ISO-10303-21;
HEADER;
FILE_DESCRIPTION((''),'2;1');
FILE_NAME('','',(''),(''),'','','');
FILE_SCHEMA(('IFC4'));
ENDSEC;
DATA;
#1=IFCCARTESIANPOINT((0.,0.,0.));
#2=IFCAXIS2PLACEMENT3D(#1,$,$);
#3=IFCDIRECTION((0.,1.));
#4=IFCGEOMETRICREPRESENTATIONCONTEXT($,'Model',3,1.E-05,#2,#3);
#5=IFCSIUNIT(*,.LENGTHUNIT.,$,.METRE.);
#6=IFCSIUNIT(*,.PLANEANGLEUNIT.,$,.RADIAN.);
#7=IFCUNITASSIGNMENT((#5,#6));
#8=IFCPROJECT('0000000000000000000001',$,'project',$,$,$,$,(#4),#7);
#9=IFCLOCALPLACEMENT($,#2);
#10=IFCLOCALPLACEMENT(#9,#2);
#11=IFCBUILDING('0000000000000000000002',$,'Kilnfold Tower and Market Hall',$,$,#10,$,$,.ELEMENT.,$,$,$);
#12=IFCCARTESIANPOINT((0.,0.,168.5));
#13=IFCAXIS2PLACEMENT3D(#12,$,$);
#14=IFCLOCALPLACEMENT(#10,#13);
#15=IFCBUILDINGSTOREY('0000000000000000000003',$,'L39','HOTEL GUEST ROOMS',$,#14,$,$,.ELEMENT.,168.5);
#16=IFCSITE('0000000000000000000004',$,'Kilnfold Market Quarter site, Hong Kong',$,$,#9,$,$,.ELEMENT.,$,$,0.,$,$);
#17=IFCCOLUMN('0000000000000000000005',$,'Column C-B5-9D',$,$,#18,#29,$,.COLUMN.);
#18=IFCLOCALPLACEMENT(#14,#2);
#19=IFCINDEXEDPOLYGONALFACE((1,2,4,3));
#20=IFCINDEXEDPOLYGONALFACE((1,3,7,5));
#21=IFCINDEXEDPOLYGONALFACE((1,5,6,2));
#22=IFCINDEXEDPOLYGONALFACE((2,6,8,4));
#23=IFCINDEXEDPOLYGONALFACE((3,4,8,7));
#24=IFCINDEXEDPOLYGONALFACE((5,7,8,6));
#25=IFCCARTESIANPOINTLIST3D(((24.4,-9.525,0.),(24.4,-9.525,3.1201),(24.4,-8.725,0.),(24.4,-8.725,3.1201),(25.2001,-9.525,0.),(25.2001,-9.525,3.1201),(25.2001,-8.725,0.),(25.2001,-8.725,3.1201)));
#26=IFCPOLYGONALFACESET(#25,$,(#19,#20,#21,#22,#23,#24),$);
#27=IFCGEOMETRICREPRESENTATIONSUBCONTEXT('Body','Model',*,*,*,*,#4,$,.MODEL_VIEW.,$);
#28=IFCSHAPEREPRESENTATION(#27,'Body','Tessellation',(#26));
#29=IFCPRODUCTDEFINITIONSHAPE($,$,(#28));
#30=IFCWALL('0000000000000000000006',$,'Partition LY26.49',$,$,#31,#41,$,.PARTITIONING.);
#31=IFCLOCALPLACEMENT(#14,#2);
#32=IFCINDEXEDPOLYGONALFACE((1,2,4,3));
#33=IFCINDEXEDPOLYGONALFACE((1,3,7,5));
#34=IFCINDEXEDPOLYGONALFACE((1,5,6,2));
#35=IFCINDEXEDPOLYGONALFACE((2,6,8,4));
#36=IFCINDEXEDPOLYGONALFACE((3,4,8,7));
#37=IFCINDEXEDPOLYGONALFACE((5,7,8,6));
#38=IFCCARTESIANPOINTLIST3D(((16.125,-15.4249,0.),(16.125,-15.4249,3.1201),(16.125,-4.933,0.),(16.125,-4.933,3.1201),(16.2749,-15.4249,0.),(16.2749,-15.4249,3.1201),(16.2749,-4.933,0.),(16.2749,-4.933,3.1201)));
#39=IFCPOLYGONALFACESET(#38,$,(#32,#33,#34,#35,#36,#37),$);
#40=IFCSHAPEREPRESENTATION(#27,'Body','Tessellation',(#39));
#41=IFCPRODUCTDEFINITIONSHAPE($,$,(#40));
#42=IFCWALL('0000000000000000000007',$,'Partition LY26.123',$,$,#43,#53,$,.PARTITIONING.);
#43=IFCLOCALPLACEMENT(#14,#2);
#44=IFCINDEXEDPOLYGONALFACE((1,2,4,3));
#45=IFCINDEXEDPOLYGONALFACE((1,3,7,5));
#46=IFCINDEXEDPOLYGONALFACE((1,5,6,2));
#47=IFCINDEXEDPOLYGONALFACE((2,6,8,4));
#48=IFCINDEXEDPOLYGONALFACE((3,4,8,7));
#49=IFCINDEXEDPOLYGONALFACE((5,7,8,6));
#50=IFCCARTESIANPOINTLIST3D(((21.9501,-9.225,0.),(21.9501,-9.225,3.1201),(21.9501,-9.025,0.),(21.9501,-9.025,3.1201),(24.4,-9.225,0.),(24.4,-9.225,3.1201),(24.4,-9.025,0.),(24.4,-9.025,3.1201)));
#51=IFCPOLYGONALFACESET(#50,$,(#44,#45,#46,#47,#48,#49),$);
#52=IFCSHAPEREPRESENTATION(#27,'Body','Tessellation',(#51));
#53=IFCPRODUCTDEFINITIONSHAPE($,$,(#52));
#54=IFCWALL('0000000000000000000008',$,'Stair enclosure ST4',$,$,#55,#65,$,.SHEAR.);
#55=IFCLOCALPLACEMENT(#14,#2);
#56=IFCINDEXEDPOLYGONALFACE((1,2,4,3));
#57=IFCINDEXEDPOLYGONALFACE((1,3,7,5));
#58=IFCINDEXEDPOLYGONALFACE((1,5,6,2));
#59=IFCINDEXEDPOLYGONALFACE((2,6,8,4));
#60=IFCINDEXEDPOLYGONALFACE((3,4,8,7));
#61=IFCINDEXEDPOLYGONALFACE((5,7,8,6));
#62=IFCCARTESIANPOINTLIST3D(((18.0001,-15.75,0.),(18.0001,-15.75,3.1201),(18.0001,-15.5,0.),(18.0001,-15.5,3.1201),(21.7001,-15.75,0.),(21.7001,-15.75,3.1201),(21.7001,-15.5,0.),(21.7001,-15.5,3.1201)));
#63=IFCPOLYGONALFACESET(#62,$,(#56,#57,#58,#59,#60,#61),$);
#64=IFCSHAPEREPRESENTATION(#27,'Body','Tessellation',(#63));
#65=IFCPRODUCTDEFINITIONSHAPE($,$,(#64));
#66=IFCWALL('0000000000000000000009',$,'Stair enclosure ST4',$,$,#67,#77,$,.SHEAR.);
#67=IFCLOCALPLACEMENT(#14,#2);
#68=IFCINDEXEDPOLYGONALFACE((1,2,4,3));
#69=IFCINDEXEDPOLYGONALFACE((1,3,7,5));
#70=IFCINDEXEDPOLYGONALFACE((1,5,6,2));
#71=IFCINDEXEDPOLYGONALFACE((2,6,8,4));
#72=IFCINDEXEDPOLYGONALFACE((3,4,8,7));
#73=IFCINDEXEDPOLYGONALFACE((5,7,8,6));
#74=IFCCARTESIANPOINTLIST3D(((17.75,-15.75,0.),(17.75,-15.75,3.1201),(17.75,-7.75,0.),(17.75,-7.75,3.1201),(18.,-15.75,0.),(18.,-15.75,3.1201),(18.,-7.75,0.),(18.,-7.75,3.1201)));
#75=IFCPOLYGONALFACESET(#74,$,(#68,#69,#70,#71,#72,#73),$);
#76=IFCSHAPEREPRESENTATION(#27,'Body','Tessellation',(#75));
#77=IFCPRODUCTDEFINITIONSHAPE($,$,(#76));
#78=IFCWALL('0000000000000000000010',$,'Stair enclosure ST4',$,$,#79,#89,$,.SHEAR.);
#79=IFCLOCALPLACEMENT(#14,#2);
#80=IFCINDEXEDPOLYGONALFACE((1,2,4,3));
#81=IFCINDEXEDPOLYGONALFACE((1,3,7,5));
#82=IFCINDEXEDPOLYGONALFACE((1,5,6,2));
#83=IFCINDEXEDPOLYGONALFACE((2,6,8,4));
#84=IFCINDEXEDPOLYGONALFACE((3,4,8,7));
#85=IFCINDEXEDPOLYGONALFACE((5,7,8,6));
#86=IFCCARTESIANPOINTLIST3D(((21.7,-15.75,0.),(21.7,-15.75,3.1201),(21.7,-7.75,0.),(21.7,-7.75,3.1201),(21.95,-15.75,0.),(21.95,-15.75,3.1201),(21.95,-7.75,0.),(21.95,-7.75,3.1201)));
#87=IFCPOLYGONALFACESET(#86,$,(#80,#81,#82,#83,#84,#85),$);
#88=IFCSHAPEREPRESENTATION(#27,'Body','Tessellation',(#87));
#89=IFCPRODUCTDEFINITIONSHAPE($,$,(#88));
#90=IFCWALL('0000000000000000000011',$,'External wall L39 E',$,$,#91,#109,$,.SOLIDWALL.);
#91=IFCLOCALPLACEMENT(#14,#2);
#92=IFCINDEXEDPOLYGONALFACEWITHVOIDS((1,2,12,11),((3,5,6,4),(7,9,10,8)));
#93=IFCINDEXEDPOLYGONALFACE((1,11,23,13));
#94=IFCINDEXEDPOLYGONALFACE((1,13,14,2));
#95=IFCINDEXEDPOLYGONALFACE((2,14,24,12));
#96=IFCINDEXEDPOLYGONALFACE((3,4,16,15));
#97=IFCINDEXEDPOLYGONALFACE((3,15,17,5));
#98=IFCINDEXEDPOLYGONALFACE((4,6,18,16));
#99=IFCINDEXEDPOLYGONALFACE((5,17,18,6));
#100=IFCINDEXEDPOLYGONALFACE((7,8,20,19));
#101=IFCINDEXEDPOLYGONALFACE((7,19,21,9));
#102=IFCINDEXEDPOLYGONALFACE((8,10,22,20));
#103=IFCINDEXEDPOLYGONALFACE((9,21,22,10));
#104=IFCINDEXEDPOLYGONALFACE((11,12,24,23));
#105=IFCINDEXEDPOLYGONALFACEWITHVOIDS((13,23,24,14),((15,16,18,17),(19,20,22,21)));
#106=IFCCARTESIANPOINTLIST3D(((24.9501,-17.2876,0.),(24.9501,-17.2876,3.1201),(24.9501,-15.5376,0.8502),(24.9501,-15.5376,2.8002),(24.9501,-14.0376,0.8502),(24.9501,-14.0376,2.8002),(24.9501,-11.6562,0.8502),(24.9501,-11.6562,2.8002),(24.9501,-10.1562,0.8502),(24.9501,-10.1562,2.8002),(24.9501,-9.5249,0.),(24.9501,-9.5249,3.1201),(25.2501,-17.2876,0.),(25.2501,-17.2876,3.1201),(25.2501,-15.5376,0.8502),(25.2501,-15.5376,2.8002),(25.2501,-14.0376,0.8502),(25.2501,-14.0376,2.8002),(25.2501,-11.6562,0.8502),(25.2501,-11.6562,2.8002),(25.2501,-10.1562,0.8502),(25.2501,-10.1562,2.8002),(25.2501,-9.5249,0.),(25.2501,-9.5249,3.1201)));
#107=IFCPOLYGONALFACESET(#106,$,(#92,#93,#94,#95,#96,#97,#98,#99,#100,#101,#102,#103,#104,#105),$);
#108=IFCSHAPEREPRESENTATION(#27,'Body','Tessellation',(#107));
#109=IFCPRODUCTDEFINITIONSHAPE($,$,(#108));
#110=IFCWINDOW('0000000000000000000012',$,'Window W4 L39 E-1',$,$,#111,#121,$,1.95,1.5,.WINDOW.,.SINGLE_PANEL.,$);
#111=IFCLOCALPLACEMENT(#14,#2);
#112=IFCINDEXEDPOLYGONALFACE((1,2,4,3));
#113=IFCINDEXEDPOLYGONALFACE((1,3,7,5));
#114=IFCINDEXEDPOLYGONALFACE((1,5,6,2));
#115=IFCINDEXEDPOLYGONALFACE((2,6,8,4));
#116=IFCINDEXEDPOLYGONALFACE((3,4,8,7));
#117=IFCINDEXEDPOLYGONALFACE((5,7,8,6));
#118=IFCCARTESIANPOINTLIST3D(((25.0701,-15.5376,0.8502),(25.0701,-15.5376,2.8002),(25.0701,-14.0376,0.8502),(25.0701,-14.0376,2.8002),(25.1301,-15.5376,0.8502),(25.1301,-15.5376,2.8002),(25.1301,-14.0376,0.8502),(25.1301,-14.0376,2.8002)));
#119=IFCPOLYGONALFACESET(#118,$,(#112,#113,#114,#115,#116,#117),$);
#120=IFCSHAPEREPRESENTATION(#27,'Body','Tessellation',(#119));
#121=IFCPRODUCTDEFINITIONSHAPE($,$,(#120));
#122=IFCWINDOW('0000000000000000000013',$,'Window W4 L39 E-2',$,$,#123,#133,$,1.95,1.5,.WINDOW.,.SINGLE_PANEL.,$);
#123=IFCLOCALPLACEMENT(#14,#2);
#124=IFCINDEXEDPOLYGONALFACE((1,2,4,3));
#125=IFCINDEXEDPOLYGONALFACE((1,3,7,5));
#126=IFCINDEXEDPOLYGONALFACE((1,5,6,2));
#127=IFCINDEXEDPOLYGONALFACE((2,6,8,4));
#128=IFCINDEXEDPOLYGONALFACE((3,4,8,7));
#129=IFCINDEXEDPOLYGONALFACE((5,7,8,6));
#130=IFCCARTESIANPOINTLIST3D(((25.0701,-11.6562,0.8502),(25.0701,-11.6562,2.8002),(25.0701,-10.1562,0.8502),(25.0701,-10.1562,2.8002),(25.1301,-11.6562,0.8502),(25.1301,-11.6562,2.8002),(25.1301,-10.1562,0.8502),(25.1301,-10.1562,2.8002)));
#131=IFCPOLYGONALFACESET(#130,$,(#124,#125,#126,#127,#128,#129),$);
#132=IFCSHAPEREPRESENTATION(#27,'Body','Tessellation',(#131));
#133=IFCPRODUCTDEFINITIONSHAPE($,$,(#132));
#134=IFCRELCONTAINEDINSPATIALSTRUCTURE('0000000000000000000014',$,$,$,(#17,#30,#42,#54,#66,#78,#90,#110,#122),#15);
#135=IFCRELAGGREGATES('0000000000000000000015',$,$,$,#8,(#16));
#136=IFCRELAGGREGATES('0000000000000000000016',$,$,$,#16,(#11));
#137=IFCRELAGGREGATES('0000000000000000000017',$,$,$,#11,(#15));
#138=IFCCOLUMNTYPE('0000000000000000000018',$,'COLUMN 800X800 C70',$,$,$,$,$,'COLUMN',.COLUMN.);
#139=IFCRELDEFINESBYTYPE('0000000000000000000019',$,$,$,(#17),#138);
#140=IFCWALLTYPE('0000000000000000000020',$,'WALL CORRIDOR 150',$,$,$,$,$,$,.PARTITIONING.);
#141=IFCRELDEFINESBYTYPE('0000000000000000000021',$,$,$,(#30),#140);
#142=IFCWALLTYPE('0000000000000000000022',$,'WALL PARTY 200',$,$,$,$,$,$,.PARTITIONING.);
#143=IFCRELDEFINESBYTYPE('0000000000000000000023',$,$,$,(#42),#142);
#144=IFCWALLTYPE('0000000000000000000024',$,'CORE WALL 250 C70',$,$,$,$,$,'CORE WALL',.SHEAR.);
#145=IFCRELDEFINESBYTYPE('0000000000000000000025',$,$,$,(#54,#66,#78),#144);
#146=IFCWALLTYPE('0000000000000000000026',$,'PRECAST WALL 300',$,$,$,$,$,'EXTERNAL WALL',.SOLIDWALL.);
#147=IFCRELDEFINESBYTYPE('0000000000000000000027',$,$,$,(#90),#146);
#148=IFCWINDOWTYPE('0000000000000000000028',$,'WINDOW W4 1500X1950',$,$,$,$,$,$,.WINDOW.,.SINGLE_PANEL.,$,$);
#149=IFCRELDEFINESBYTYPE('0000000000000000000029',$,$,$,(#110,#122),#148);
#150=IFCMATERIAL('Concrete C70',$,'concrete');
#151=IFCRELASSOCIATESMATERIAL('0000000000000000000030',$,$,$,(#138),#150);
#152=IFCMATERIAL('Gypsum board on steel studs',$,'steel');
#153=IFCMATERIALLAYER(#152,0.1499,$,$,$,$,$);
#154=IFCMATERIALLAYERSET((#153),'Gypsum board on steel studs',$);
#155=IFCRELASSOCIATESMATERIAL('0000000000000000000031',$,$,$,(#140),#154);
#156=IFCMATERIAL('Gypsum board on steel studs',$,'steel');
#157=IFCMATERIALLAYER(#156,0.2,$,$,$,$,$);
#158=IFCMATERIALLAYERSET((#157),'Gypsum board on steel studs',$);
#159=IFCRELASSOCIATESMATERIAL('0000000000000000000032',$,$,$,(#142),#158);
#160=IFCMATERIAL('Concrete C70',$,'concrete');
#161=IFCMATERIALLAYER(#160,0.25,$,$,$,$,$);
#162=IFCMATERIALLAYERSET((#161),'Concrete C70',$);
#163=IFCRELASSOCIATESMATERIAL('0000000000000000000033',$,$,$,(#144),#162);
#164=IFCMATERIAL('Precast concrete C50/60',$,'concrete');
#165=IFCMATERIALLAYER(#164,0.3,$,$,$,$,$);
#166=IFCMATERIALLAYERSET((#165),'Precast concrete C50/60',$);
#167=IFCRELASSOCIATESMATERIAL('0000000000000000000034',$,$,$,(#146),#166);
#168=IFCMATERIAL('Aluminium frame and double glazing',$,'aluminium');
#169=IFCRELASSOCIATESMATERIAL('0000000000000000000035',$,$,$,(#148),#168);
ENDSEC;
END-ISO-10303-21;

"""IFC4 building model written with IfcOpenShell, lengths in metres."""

from ifc_helpers import new_model, si_unit, direction, frame, frame_2d, origin, origin_2d, place, context, subcontext, project, spatial, rectangle, extrude, source, transform, mapped, material, layer, layer_set, material_profile, profile_set, type_object, element, fill, save


model = new_model("IFC4")

# Units and contexts
model_context = context("Model", 3, precision=1e-05, world=origin(), true_north=direction((0.0, 1.0)))
body_context = subcontext(model_context, "Body", "Model", "MODEL_VIEW")
ifc_project = project(units=[si_unit("LENGTHUNIT", "METRE"), si_unit("PLANEANGLEUNIT", "RADIAN")], contexts=[model_context])

# Site, building, storey
site_placement = place(None, origin())
site = spatial("IfcSite", under=ifc_project, at=site_placement, Name="Kilnfold Market Quarter site, Hong Kong", CompositionType="ELEMENT", RefElevation=0.0)
building_placement = place(site_placement, origin())
building = spatial("IfcBuilding", under=site, at=building_placement, Name="Kilnfold Tower and Market Hall", CompositionType="ELEMENT")
storey_placement = place(building_placement, frame((0.0, 0.0, 168.5)))
storey = spatial("IfcBuildingStorey", under=building, at=storey_placement, Name="L39", Description="HOTEL GUEST ROOMS", CompositionType="ELEMENT", Elevation=168.5)

# Column
ifc_material_1 = material(Name="Concrete C70", Category="concrete")
ifc_material_profile = material_profile(ifc_material_1, rectangle(XDim=0.8, YDim=0.8, at=origin_2d()), Name="RC 800x800")
ifc_profile_set = profile_set([ifc_material_profile], Name="Concrete C70")
column_type = type_object("IfcColumnType", Name="COLUMN 800X800 C70", ElementType="COLUMN", PredefinedType="COLUMN", material=ifc_profile_set)
shared_shape_1 = source(origin(), body_context, "Body", "SweptSolid", [
    extrude(rectangle(XDim=0.8, YDim=0.8, at=origin_2d()), origin(), (0.0, 0.0, 1.0), 3.1201),
])
column_placement = place(storey_placement, frame((24.8, -9.125, 0.0), z_axis=(0.0, 0.0, 1.0), x_axis=(1.0, 0.0, 0.0)))
element("IfcColumn", 1, at=column_placement, inside=storey, type_object=column_type, Name="Column C-B5-9D", PredefinedType="COLUMN", context=body_context, shape_type="MappedRepresentation", body=[
    mapped(shared_shape_1, transform((0.0, 0.0, 0.0))),
])

# Walls
ifc_material_2 = material(Name="Gypsum board on steel studs", Category="steel")
ifc_layer_1 = layer(ifc_material_2, 0.1499)
ifc_layer_set_1 = layer_set([ifc_layer_1], Name="Gypsum board on steel studs")
wall_type_1 = type_object("IfcWallType", Name="WALL CORRIDOR 150", PredefinedType="PARTITIONING", material=ifc_layer_set_1)
wall_1_placement = place(storey_placement, frame((16.2, -15.425, 0.0), z_axis=(0.0, 0.0, 1.0), x_axis=(0.0, 1.0, 0.0)))
element("IfcWall", 2, at=wall_1_placement, inside=storey, type_object=wall_type_1, Name="Partition LY26.49", PredefinedType="PARTITIONING", context=body_context, shape_type="SweptSolid", body=[
    extrude(rectangle(XDim=10.4919, YDim=0.1499, at=frame_2d((5.2461, 0.0))), origin(), (0.0, 0.0, 1.0), 3.1201),
])
ifc_material_3 = material(Name="Gypsum board on steel studs", Category="steel")
ifc_layer_2 = layer(ifc_material_3, 0.2)
ifc_layer_set_2 = layer_set([ifc_layer_2], Name="Gypsum board on steel studs")
wall_type_2 = type_object("IfcWallType", Name="WALL PARTY 200", PredefinedType="PARTITIONING", material=ifc_layer_set_2)
wall_2_placement = place(storey_placement, frame((21.95, -9.125, 0.0), z_axis=(0.0, 0.0, 1.0), x_axis=(1.0, 0.0, 0.0)))
element("IfcWall", 3, at=wall_2_placement, inside=storey, type_object=wall_type_2, Name="Partition LY26.123", PredefinedType="PARTITIONING", context=body_context, shape_type="SweptSolid", body=[
    extrude(rectangle(XDim=2.45, YDim=0.2, at=frame_2d((1.2251, 0.0))), origin(), (0.0, 0.0, 1.0), 3.1201),
])
ifc_material_4 = material(Name="Concrete C70", Category="concrete")
ifc_layer_3 = layer(ifc_material_4, 0.25)
ifc_layer_set_3 = layer_set([ifc_layer_3], Name="Concrete C70")
wall_type_3 = type_object("IfcWallType", Name="CORE WALL 250 C70", ElementType="CORE WALL", PredefinedType="SHEAR", material=ifc_layer_set_3)
shared_shape_2 = source(origin(), body_context, "Body", "SweptSolid", [
    extrude(rectangle(XDim=3.7, YDim=0.25, at=frame_2d((1.8501, 0.0))), origin(), (0.0, 0.0, 1.0), 3.1201),
])
wall_3_placement = place(storey_placement, frame((18.0, -15.625, 0.0), z_axis=(0.0, 0.0, 1.0), x_axis=(1.0, 0.0, 0.0)))
element("IfcWall", 4, at=wall_3_placement, inside=storey, type_object=wall_type_3, Name="Stair enclosure ST4", PredefinedType="SHEAR", context=body_context, shape_type="MappedRepresentation", body=[
    mapped(shared_shape_2, transform((0.0, 0.0, 0.0))),
])
shared_shape_3 = source(origin(), body_context, "Body", "SweptSolid", [
    extrude(rectangle(XDim=8.0, YDim=0.25, at=frame_2d((4.0, 0.0))), origin(), (0.0, 0.0, 1.0), 3.1201),
])
for number, where, z_axis, x_axis, name in (
    (5, (17.875, -15.75, 0.0), (0.0, 0.0, 1.0), (0.0, 1.0, 0.0), "Stair enclosure ST4"),
    (6, (21.825, -15.75, 0.0), (0.0, 0.0, 1.0), (0.0, 1.0, 0.0), "Stair enclosure ST4"),
):
    element("IfcWall", number, at=place(storey_placement, frame(where, z_axis=z_axis, x_axis=x_axis)), inside=storey, type_object=wall_type_3, Name=name, PredefinedType="SHEAR", context=body_context, shape_type="MappedRepresentation", body=[
        mapped(shared_shape_3, transform((0.0, 0.0, 0.0))),
    ])

# Wall, openings, windows
ifc_material_5 = material(Name="Precast concrete C50/60", Category="concrete")
ifc_layer_4 = layer(ifc_material_5, 0.3)
ifc_layer_set_4 = layer_set([ifc_layer_4], Name="Precast concrete C50/60")
wall_type_4 = type_object("IfcWallType", Name="PRECAST WALL 300", ElementType="EXTERNAL WALL", PredefinedType="SOLIDWALL", material=ifc_layer_set_4)
shared_shape_4 = source(origin(), body_context, "Body", "SweptSolid", [
    extrude(rectangle(XDim=7.7627, YDim=0.3, at=frame_2d((3.8813, 0.0))), origin(), (0.0, 0.0, 1.0), 3.1201),
])
wall_4_placement = place(storey_placement, frame((25.1001, -17.2876, 0.0), z_axis=(0.0, 0.0, 1.0), x_axis=(0.0, 1.0, 0.0)))
wall_4 = element("IfcWall", 7, at=wall_4_placement, inside=storey, type_object=wall_type_4, Name="External wall L39 E", PredefinedType="SOLIDWALL", context=body_context, shape_type="MappedRepresentation", body=[
    mapped(shared_shape_4, transform((0.0, 0.0, 0.0))),
])
opening_1_placement = place(wall_4_placement, frame((1.75, 0.0, 0.8501)))
opening_1 = element("IfcOpeningElement", 8, at=opening_1_placement, cuts=wall_4, PredefinedType="OPENING", context=body_context, shape_type="SweptSolid", body=[
    extrude(rectangle(XDim=1.5, YDim=1.95, at=frame_2d((0.75, 0.9751))), frame((0.0, 0.1602, 0.0), z_axis=(0.0, -1.0, 0.0), x_axis=(1.0, 0.0, 0.0)), (0.0, 0.0, 1.0), 0.3201),
])
opening_2_placement = place(wall_4_placement, frame((5.6313, 0.0, 0.8501)))
opening_2 = element("IfcOpeningElement", 9, at=opening_2_placement, cuts=wall_4, PredefinedType="OPENING", context=body_context, shape_type="SweptSolid", body=[
    extrude(rectangle(XDim=1.5, YDim=1.95, at=frame_2d((0.75, 0.9751))), frame((0.0, 0.1602, 0.0), z_axis=(0.0, -1.0, 0.0), x_axis=(1.0, 0.0, 0.0)), (0.0, 0.0, 1.0), 0.3201),
])
ifc_material_6 = material(Name="Aluminium frame and double glazing", Category="aluminium")
window_type = type_object("IfcWindowType", Name="WINDOW W4 1500X1950", PartitioningType="SINGLE_PANEL", PredefinedType="WINDOW", material=ifc_material_6)
window_1_placement = place(opening_1_placement, origin())
window_1 = element("IfcWindow", 10, at=window_1_placement, inside=storey, type_object=window_type, Name="Window W4 L39 E-1", OverallHeight=1.95, OverallWidth=1.5, PartitioningType="SINGLE_PANEL", PredefinedType="WINDOW", context=body_context, shape_type="SweptSolid", body=[
    extrude(rectangle(XDim=1.5, YDim=1.95, at=frame_2d((0.75, 0.9751))), frame((0.0, 0.03, 0.0), z_axis=(0.0, -1.0, 0.0), x_axis=(1.0, 0.0, 0.0)), (0.0, 0.0, 1.0), 0.0601),
])
fill(opening_1, window_1)
window_2_placement = place(opening_2_placement, origin())
window_2 = element("IfcWindow", 11, at=window_2_placement, inside=storey, type_object=window_type, Name="Window W4 L39 E-2", OverallHeight=1.95, OverallWidth=1.5, PartitioningType="SINGLE_PANEL", PredefinedType="WINDOW", context=body_context, shape_type="SweptSolid", body=[
    extrude(rectangle(XDim=1.5, YDim=1.95, at=frame_2d((0.75, 0.9751))), frame((0.0, 0.03, 0.0), z_axis=(0.0, -1.0, 0.0), x_axis=(1.0, 0.0, 0.0)), (0.0, 0.0, 1.0), 0.0601),
])
fill(opening_2, window_2)

save(model, "model.ifc")
